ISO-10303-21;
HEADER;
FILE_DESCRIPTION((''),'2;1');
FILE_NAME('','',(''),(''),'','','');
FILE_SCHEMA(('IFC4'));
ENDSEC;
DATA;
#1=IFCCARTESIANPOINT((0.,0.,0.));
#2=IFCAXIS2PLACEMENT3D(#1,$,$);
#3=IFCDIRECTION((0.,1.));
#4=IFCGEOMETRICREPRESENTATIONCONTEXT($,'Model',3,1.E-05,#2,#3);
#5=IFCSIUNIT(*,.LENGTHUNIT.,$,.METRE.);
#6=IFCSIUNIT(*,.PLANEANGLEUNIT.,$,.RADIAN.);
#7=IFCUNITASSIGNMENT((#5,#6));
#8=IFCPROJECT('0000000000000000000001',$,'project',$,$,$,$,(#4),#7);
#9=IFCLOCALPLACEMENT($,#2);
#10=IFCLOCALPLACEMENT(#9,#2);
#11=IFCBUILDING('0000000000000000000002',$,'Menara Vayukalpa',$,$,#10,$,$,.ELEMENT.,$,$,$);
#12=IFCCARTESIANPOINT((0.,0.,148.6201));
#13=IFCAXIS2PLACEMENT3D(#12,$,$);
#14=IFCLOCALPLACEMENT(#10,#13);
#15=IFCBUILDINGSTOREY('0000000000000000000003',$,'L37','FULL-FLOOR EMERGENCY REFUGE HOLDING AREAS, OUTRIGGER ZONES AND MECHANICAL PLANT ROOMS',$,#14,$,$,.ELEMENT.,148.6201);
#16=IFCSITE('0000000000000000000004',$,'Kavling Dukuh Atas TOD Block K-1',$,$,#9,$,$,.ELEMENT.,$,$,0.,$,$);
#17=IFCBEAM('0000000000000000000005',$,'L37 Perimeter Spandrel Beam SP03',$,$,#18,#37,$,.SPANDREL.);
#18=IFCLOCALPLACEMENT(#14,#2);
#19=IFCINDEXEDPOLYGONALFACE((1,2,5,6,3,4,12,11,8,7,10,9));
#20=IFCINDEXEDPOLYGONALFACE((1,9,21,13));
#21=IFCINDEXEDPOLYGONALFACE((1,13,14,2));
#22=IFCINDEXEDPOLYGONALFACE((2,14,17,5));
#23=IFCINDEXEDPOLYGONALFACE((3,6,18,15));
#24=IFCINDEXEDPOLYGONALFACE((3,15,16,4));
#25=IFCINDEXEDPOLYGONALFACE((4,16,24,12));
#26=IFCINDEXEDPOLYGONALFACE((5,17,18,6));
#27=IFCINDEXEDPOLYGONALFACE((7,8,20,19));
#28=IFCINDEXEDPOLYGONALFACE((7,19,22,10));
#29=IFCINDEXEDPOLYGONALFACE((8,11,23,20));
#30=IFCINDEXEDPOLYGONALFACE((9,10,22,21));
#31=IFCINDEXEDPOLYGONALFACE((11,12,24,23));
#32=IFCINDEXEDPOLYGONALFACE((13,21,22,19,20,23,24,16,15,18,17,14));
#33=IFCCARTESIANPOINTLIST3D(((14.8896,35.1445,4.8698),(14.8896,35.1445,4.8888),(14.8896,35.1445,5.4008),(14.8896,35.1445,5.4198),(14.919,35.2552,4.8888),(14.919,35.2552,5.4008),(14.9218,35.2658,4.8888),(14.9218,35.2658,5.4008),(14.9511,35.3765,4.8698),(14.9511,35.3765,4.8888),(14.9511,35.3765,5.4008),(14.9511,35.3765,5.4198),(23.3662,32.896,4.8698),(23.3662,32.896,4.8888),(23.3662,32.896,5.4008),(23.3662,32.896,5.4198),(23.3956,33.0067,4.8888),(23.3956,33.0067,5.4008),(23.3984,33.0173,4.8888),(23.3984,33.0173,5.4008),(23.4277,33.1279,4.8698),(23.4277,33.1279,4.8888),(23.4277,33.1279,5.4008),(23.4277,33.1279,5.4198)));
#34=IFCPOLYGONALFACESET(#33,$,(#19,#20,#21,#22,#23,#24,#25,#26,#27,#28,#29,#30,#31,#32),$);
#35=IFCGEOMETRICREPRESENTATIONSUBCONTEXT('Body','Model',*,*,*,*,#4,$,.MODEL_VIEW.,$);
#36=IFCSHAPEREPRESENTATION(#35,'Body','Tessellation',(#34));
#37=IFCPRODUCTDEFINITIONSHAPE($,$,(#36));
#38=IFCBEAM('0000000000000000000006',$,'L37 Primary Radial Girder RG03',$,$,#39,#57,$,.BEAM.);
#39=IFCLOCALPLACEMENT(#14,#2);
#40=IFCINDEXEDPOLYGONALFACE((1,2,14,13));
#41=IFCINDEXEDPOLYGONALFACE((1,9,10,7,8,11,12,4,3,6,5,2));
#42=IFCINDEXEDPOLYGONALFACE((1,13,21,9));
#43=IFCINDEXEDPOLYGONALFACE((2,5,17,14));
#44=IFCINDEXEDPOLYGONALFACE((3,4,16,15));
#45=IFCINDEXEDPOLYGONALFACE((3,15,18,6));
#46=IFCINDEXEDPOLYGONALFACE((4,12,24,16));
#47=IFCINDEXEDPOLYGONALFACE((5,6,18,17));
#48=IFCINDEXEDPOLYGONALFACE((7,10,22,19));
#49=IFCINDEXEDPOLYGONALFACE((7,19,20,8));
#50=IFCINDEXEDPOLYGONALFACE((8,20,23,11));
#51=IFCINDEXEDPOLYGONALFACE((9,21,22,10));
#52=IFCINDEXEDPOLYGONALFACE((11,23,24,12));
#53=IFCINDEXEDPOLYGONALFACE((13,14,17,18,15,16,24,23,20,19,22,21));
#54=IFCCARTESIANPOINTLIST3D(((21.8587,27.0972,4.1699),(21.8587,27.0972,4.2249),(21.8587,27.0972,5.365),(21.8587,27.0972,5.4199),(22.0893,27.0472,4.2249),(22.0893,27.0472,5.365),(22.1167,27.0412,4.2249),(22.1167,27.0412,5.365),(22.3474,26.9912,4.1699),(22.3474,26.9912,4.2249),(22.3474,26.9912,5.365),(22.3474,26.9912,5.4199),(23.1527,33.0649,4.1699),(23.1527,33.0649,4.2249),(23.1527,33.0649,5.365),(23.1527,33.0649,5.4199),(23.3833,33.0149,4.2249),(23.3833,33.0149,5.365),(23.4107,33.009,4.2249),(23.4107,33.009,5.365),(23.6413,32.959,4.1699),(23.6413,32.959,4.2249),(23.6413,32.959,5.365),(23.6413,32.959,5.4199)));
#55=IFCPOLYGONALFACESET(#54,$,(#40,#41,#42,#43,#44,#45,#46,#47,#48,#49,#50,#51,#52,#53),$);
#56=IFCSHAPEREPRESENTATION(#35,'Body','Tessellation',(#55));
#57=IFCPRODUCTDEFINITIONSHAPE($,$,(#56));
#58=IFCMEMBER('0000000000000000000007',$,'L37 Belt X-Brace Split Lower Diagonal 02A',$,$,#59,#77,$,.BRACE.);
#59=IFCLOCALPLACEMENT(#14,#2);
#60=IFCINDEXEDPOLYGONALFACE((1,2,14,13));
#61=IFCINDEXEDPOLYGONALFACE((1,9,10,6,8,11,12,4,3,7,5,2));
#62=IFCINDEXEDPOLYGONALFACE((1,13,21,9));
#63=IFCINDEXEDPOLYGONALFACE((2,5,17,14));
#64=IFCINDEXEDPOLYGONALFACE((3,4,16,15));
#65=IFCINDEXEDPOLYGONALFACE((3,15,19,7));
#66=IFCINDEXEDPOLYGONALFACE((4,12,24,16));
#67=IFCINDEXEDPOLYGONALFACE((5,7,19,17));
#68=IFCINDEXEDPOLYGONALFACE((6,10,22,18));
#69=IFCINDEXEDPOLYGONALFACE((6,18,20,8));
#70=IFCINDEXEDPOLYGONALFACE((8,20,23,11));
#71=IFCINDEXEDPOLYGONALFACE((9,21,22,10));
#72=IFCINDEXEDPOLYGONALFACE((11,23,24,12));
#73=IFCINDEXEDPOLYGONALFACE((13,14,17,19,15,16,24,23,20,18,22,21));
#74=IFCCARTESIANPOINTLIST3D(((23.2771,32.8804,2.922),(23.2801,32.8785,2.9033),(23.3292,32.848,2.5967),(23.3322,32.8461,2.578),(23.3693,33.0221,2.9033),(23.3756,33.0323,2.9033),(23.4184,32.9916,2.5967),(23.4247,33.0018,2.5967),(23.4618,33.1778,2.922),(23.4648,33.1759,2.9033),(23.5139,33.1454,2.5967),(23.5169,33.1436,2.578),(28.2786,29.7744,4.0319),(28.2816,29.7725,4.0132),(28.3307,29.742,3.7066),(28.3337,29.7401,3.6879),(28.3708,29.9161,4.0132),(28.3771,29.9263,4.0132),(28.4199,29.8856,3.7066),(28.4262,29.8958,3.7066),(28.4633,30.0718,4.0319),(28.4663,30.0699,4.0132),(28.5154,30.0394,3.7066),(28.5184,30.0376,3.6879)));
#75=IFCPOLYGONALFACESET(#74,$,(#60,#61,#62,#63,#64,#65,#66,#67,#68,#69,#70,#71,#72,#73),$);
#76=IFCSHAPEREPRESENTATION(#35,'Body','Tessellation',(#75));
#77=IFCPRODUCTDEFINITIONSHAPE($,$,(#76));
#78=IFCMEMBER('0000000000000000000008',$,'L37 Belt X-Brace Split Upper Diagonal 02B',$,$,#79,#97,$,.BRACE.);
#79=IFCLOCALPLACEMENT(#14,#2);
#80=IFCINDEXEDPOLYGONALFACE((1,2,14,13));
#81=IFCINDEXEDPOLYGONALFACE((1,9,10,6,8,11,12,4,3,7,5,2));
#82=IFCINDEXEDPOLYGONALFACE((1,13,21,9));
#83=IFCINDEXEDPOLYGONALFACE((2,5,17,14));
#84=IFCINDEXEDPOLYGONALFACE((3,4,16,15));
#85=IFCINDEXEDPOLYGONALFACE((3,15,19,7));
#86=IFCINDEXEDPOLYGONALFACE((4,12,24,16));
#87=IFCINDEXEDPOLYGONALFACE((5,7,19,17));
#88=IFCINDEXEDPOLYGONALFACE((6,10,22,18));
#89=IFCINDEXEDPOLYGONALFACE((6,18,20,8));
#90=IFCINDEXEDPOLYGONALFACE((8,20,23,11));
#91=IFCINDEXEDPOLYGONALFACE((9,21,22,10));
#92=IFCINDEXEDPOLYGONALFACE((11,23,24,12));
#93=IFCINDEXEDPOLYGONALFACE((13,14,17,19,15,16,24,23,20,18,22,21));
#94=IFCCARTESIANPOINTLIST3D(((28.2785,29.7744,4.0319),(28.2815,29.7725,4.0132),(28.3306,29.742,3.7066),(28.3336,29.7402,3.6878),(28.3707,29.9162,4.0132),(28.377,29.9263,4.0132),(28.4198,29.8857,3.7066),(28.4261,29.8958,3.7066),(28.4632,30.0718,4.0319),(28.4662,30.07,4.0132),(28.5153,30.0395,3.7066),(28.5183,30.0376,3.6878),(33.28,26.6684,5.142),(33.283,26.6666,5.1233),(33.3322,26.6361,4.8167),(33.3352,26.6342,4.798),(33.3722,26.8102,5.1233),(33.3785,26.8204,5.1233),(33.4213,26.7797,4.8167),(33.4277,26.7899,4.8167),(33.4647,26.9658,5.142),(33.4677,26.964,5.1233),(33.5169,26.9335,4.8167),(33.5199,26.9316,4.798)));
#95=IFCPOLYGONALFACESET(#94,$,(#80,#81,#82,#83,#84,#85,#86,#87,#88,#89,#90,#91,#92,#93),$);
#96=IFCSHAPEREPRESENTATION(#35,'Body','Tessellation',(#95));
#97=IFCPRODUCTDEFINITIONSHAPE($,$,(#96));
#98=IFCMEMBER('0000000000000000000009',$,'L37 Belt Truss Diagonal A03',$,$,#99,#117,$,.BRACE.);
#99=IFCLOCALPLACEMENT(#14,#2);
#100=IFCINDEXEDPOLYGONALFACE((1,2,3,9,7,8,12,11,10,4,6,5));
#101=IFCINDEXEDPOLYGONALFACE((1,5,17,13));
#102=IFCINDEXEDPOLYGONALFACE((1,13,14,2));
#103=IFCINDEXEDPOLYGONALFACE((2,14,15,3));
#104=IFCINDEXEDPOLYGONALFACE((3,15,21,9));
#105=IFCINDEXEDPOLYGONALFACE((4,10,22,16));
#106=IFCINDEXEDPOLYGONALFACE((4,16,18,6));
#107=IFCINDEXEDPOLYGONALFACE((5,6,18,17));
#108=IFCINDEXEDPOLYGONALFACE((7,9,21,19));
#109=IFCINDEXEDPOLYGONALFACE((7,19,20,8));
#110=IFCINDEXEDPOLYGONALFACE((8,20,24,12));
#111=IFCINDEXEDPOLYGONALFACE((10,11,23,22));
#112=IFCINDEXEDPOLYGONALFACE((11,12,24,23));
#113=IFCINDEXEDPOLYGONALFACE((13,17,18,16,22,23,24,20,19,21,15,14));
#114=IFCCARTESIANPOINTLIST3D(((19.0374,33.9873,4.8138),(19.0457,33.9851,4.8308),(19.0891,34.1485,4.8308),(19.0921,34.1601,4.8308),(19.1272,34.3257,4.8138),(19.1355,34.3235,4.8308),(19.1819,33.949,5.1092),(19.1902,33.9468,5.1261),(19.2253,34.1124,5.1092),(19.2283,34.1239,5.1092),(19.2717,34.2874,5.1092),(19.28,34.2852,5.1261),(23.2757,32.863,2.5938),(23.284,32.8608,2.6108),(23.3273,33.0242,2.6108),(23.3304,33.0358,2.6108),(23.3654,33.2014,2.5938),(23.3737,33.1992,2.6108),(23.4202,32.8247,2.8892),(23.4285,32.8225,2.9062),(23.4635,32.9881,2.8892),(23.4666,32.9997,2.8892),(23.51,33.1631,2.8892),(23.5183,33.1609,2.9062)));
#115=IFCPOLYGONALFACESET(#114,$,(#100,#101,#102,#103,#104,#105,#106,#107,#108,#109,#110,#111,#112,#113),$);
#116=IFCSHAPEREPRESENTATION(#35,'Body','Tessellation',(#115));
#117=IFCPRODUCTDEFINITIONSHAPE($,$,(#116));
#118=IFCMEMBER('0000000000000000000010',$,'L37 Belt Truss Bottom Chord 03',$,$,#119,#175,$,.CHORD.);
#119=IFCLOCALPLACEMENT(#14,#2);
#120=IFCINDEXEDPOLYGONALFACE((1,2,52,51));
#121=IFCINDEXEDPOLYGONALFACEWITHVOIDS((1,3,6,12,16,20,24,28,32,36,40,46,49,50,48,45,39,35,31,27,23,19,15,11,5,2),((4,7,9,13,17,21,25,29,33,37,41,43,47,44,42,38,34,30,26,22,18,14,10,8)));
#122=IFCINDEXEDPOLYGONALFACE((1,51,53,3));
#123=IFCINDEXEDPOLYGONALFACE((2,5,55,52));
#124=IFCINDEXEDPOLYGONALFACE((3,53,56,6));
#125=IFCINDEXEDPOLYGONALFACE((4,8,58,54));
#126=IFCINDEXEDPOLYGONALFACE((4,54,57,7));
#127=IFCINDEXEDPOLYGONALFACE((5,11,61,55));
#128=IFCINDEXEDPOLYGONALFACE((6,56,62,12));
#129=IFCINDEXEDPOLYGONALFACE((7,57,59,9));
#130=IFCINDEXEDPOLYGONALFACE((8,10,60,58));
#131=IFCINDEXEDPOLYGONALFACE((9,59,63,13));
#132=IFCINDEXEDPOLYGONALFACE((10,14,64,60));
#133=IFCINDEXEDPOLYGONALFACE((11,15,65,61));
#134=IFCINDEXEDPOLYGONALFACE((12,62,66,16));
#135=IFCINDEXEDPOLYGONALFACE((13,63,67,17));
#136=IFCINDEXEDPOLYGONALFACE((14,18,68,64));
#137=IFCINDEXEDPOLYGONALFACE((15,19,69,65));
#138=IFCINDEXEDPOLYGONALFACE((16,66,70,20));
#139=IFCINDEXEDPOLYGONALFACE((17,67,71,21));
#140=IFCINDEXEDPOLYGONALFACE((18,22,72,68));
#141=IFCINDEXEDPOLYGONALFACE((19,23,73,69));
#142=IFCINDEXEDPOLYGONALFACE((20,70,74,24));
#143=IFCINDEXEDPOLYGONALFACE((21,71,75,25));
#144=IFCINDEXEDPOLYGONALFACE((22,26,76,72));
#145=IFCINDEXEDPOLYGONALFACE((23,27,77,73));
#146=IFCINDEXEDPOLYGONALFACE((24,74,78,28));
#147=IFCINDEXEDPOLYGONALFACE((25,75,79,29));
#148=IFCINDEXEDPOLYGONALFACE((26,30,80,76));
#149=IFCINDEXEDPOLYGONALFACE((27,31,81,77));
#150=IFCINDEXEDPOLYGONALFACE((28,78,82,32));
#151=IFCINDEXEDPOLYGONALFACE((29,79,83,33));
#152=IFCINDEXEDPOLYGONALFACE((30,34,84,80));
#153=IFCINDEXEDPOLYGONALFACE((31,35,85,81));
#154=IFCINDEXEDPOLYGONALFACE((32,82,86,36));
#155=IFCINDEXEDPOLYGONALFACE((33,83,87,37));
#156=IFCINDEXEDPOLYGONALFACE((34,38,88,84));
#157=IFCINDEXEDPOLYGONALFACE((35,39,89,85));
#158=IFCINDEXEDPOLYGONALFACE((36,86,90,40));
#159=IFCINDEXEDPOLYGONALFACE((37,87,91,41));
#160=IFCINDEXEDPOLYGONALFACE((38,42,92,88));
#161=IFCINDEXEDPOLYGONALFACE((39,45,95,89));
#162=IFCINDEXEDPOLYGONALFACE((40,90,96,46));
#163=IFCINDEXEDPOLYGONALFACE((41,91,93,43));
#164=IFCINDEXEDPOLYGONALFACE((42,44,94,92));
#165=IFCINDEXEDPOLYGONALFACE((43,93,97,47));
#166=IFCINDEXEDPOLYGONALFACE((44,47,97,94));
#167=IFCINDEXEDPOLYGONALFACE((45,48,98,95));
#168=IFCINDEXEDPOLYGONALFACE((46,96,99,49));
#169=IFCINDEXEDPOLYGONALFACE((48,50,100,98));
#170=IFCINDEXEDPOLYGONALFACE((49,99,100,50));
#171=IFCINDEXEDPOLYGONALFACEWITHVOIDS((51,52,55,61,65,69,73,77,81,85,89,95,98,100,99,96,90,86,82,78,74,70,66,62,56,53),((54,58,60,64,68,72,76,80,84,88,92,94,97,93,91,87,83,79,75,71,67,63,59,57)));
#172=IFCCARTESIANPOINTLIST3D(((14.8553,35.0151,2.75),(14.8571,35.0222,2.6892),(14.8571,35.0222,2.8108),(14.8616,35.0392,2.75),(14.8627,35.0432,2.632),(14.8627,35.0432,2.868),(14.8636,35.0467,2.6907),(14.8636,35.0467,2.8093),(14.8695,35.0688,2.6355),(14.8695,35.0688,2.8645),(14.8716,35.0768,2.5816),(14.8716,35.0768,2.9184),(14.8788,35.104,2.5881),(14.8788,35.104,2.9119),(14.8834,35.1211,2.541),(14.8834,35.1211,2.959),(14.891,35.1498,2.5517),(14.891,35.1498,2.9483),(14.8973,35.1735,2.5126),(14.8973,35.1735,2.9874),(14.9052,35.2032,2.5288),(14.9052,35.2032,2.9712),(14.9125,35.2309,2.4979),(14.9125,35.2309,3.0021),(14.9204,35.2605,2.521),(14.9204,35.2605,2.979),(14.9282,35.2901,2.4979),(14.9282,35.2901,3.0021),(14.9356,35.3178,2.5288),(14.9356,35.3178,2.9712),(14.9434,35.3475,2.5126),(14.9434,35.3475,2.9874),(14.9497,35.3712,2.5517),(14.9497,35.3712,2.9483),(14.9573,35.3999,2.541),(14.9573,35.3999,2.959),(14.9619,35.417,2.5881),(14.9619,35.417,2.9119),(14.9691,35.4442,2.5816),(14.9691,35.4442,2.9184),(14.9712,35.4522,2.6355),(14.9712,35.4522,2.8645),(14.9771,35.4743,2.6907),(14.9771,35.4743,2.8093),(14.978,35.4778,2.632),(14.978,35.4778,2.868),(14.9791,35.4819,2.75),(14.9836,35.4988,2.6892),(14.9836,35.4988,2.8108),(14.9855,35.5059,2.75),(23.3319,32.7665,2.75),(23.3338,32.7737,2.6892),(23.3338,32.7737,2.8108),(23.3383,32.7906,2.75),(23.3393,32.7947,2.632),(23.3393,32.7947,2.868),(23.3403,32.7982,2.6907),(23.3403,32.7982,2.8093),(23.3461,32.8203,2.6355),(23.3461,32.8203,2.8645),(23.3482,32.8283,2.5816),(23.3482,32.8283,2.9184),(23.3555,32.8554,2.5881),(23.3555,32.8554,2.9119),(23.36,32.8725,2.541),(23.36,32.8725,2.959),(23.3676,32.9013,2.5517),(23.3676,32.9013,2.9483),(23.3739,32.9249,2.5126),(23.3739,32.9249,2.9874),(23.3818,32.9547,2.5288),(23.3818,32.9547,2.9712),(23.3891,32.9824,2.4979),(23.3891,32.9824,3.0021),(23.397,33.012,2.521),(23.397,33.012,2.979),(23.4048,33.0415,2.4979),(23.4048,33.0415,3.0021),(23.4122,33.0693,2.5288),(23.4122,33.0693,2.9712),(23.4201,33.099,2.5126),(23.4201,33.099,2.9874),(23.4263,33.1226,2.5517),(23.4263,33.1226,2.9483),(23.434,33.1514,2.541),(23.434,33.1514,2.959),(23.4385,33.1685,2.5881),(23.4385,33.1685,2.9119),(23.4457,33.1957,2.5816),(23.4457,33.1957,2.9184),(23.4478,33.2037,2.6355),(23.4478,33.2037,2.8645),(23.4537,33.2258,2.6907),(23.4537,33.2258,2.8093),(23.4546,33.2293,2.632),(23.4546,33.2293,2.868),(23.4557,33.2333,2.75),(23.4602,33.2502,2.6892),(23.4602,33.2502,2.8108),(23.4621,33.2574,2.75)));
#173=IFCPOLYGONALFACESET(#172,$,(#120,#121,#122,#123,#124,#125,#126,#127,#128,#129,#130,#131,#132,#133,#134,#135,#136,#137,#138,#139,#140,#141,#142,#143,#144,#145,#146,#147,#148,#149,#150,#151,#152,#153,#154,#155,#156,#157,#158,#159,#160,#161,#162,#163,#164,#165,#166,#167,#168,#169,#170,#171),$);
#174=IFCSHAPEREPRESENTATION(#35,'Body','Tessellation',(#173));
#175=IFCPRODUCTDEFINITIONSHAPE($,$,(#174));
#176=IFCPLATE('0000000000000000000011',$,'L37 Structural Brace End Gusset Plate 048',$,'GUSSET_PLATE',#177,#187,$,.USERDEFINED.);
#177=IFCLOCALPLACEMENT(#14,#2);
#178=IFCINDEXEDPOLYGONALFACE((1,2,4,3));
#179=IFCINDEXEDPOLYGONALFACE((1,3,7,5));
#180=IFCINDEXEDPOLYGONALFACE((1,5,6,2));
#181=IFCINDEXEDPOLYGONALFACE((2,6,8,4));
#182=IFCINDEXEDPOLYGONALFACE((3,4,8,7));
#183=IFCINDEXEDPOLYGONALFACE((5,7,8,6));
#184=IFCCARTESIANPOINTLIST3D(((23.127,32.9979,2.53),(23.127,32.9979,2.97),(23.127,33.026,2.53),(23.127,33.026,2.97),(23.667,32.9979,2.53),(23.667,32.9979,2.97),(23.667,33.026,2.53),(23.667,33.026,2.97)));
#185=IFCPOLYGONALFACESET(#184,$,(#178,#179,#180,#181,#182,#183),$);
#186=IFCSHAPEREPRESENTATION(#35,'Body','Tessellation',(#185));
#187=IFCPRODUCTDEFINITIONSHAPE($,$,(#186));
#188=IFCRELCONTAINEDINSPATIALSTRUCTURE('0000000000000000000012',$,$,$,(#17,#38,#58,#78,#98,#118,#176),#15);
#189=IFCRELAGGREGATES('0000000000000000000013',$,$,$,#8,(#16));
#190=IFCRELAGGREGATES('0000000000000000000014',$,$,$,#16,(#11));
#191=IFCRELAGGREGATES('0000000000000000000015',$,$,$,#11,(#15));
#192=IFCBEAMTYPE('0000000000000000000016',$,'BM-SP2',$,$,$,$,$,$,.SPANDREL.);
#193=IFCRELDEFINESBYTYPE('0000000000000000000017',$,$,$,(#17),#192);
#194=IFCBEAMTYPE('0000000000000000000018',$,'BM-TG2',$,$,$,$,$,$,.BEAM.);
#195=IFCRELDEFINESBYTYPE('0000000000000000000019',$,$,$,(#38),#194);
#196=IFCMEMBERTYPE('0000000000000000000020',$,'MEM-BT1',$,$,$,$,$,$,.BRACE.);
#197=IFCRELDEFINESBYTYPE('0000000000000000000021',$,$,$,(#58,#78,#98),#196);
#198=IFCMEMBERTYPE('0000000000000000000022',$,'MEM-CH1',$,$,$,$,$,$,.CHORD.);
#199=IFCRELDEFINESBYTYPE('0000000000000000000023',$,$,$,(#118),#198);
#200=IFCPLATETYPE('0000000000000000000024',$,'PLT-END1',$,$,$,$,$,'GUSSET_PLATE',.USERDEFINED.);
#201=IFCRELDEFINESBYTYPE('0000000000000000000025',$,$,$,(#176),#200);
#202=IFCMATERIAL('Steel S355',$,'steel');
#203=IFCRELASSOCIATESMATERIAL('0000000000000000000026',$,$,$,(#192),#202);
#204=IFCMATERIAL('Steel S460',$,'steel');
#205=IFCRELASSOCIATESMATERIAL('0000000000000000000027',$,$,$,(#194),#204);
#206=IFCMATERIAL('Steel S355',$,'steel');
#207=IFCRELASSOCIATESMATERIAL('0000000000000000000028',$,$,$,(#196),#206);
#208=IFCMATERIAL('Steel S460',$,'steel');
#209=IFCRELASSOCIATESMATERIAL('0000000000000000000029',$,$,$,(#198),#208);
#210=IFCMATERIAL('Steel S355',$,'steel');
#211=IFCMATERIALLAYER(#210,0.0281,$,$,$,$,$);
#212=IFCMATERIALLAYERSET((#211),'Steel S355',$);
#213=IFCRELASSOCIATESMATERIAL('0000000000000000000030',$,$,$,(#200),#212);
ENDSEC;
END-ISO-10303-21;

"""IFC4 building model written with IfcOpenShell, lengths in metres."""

from ifc_helpers import new_model, si_unit, direction, frame, origin, origin_2d, place, context, subcontext, project, spatial, rectangle, hollow_circle, i_section, extrude, material, layer, layer_set, material_profile, profile_set, type_object, element, save


model = new_model("IFC4")

# Units and contexts
model_context = context("Model", 3, precision=1e-05, world=origin(), true_north=direction((0.0, 1.0)))
body_context = subcontext(model_context, "Body", "Model", "MODEL_VIEW")
ifc_project = project(units=[si_unit("LENGTHUNIT", "METRE"), si_unit("PLANEANGLEUNIT", "RADIAN")], contexts=[model_context])

# Site, building, storey
site_placement = place(None, origin())
site = spatial("IfcSite", under=ifc_project, at=site_placement, Name="Kavling Dukuh Atas TOD Block K-1", CompositionType="ELEMENT", RefElevation=0.0)
building_placement = place(site_placement, origin())
building = spatial("IfcBuilding", under=site, at=building_placement, Name="Menara Vayukalpa", CompositionType="ELEMENT")
storey_placement = place(building_placement, frame((0.0, 0.0, 148.6201)))
storey = spatial("IfcBuildingStorey", under=building, at=storey_placement, Name="L37", Description="FULL-FLOOR EMERGENCY REFUGE HOLDING AREAS, OUTRIGGER ZONES AND MECHANICAL PLANT ROOMS", CompositionType="ELEMENT", Elevation=148.6201)

# Beams
ifc_material_1 = material(Name="Steel S355", Category="steel")
ifc_material_profile_1 = material_profile(ifc_material_1, i_section(OverallWidth=0.24, OverallDepth=0.55, WebThickness=0.011, FlangeThickness=0.019, at=origin_2d()), Name="WF 550x240x11x19")
ifc_profile_set_1 = profile_set([ifc_material_profile_1], Name="Steel S355")
beam_type_1 = type_object("IfcBeamType", Name="BM-SP2", PredefinedType="SPANDREL", material=ifc_profile_set_1)
beam_1_placement = place(storey_placement, frame((23.397, 33.012, 5.1448), z_axis=(-0.966571, 0.256398, 0.0), x_axis=(-0.256398, -0.966571, 0.0)))
element("IfcBeam", 1, at=beam_1_placement, inside=storey, type_object=beam_type_1, Name="L37 Perimeter Spandrel Beam SP03", PredefinedType="SPANDREL", context=body_context, shape_type="SweptSolid", body=[
    extrude(i_section(OverallWidth=0.24, OverallDepth=0.55, WebThickness=0.011, FlangeThickness=0.019, at=origin_2d()), origin(), (0.0, 0.0, 1.0), 8.7698),
])
ifc_material_2 = material(Name="Steel S460", Category="steel")
ifc_material_profile_2 = material_profile(ifc_material_2, i_section(OverallWidth=0.5, OverallDepth=1.25, WebThickness=0.0281, FlangeThickness=0.0549, at=origin_2d()), Name="WG 1250x500x28x55")
ifc_profile_set_2 = profile_set([ifc_material_profile_2], Name="Steel S460")
beam_type_2 = type_object("IfcBeamType", Name="BM-TG2", PredefinedType="BEAM", material=ifc_profile_set_2)
beam_2_placement = place(storey_placement, frame((22.103, 27.0442, 4.7949), z_axis=(0.211898, 0.977292, 0.0), x_axis=(-0.977292, 0.211898, 0.0)))
element("IfcBeam", 2, at=beam_2_placement, inside=storey, type_object=beam_type_2, Name="L37 Primary Radial Girder RG03", PredefinedType="BEAM", context=body_context, shape_type="SweptSolid", body=[
    extrude(i_section(OverallWidth=0.5, OverallDepth=1.25, WebThickness=0.0281, FlangeThickness=0.0549, at=origin_2d()), origin(), (0.0, 0.0, 1.0), 6.1064),
])

# Members
ifc_material_3 = material(Name="Steel S355", Category="steel")
ifc_material_profile_3 = material_profile(ifc_material_3, i_section(OverallWidth=0.3501, OverallDepth=0.3501, WebThickness=0.012, FlangeThickness=0.019, at=origin_2d()), Name="H 350x350x12x19")
ifc_profile_set_3 = profile_set([ifc_material_profile_3], Name="Steel S355")
member_type_1 = type_object("IfcMemberType", Name="MEM-BT1", PredefinedType="BRACE", material=ifc_profile_set_3)
for number, where, z_axis, x_axis, name in (
    (3, (23.397, 33.012, 2.75), (0.834814, -0.518428, 0.185252), (0.527559, 0.849518, 0.0), "L37 Belt X-Brace Split Lower Diagonal 02A"),
    (4, (28.3984, 29.906, 3.8599), (0.834808, -0.518424, 0.185291), (0.527559, 0.849518, 0.0), "L37 Belt X-Brace Split Upper Diagonal 02B"),
):
    element("IfcMember", number, at=place(storey_placement, frame(where, z_axis=z_axis, x_axis=x_axis)), inside=storey, type_object=member_type_1, Name=name, PredefinedType="BRACE", context=body_context, shape_type="SweptSolid", body=[
        extrude(i_section(OverallWidth=0.3501, OverallDepth=0.3501, WebThickness=0.012, FlangeThickness=0.019, at=origin_2d()), origin(), (0.0, 0.0, 1.0), 5.9912),
    ])
member_1_placement = place(storey_placement, frame((23.397, 33.012, 2.75), z_axis=(-0.86235, 0.228751, 0.451691), x_axis=(-0.256398, -0.966571, 0.0)))
element("IfcMember", 5, at=member_1_placement, inside=storey, type_object=member_type_1, Name="L37 Belt Truss Diagonal A03", PredefinedType="BRACE", context=body_context, shape_type="SweptSolid", body=[
    extrude(i_section(OverallWidth=0.3501, OverallDepth=0.3501, WebThickness=0.012, FlangeThickness=0.019, at=origin_2d()), origin(), (0.0, 0.0, 1.0), 4.9148),
])
ifc_material_4 = material(Name="Steel S460", Category="steel")
ifc_material_profile_4 = material_profile(ifc_material_4, hollow_circle(Radius=0.2539, WallThickness=0.0249, at=origin_2d()), Name="CHS 508.0x25")
ifc_profile_set_4 = profile_set([ifc_material_profile_4], Name="Steel S460")
member_type_2 = type_object("IfcMemberType", Name="MEM-CH1", PredefinedType="CHORD", material=ifc_profile_set_4)
member_2_placement = place(storey_placement, frame((23.397, 33.012, 2.75), z_axis=(-0.966571, 0.256398, 0.0), x_axis=(-0.256398, -0.966571, 0.0)))
element("IfcMember", 6, at=member_2_placement, inside=storey, type_object=member_type_2, Name="L37 Belt Truss Bottom Chord 03", PredefinedType="CHORD", context=body_context, shape_type="SweptSolid", body=[
    extrude(hollow_circle(Radius=0.2539, WallThickness=0.0249, at=origin_2d()), origin(), (0.0, 0.0, 1.0), 8.7698),
])

# Plate
ifc_material_5 = material(Name="Steel S355", Category="steel")
ifc_layer_1 = layer(ifc_material_5, 0.0281)
ifc_layer_set_1 = layer_set([ifc_layer_1], Name="Steel S355")
plate_type_1 = type_object("IfcPlateType", Name="PLT-END1", ElementType="GUSSET_PLATE", PredefinedType="USERDEFINED", material=ifc_layer_set_1)
for number, where, z_axis, x_axis, name in (
    (7, (23.397, 33.012, 2.53), (0.0, 0.0, 1.0), (1.0, 0.0, 0.0), "L37 Structural Brace End Gusset Plate 048"),
):
    element("IfcPlate", number, at=place(storey_placement, frame(where, z_axis=z_axis, x_axis=x_axis)), inside=storey, type_object=plate_type_1, Name=name, ObjectType="GUSSET_PLATE", PredefinedType="USERDEFINED", context=body_context, shape_type="SweptSolid", body=[
        extrude(rectangle(XDim=0.54, YDim=0.0281, at=origin_2d()), origin(), (0.0, 0.0, 1.0), 0.4399),
    ])

save(model, "model.ifc")
